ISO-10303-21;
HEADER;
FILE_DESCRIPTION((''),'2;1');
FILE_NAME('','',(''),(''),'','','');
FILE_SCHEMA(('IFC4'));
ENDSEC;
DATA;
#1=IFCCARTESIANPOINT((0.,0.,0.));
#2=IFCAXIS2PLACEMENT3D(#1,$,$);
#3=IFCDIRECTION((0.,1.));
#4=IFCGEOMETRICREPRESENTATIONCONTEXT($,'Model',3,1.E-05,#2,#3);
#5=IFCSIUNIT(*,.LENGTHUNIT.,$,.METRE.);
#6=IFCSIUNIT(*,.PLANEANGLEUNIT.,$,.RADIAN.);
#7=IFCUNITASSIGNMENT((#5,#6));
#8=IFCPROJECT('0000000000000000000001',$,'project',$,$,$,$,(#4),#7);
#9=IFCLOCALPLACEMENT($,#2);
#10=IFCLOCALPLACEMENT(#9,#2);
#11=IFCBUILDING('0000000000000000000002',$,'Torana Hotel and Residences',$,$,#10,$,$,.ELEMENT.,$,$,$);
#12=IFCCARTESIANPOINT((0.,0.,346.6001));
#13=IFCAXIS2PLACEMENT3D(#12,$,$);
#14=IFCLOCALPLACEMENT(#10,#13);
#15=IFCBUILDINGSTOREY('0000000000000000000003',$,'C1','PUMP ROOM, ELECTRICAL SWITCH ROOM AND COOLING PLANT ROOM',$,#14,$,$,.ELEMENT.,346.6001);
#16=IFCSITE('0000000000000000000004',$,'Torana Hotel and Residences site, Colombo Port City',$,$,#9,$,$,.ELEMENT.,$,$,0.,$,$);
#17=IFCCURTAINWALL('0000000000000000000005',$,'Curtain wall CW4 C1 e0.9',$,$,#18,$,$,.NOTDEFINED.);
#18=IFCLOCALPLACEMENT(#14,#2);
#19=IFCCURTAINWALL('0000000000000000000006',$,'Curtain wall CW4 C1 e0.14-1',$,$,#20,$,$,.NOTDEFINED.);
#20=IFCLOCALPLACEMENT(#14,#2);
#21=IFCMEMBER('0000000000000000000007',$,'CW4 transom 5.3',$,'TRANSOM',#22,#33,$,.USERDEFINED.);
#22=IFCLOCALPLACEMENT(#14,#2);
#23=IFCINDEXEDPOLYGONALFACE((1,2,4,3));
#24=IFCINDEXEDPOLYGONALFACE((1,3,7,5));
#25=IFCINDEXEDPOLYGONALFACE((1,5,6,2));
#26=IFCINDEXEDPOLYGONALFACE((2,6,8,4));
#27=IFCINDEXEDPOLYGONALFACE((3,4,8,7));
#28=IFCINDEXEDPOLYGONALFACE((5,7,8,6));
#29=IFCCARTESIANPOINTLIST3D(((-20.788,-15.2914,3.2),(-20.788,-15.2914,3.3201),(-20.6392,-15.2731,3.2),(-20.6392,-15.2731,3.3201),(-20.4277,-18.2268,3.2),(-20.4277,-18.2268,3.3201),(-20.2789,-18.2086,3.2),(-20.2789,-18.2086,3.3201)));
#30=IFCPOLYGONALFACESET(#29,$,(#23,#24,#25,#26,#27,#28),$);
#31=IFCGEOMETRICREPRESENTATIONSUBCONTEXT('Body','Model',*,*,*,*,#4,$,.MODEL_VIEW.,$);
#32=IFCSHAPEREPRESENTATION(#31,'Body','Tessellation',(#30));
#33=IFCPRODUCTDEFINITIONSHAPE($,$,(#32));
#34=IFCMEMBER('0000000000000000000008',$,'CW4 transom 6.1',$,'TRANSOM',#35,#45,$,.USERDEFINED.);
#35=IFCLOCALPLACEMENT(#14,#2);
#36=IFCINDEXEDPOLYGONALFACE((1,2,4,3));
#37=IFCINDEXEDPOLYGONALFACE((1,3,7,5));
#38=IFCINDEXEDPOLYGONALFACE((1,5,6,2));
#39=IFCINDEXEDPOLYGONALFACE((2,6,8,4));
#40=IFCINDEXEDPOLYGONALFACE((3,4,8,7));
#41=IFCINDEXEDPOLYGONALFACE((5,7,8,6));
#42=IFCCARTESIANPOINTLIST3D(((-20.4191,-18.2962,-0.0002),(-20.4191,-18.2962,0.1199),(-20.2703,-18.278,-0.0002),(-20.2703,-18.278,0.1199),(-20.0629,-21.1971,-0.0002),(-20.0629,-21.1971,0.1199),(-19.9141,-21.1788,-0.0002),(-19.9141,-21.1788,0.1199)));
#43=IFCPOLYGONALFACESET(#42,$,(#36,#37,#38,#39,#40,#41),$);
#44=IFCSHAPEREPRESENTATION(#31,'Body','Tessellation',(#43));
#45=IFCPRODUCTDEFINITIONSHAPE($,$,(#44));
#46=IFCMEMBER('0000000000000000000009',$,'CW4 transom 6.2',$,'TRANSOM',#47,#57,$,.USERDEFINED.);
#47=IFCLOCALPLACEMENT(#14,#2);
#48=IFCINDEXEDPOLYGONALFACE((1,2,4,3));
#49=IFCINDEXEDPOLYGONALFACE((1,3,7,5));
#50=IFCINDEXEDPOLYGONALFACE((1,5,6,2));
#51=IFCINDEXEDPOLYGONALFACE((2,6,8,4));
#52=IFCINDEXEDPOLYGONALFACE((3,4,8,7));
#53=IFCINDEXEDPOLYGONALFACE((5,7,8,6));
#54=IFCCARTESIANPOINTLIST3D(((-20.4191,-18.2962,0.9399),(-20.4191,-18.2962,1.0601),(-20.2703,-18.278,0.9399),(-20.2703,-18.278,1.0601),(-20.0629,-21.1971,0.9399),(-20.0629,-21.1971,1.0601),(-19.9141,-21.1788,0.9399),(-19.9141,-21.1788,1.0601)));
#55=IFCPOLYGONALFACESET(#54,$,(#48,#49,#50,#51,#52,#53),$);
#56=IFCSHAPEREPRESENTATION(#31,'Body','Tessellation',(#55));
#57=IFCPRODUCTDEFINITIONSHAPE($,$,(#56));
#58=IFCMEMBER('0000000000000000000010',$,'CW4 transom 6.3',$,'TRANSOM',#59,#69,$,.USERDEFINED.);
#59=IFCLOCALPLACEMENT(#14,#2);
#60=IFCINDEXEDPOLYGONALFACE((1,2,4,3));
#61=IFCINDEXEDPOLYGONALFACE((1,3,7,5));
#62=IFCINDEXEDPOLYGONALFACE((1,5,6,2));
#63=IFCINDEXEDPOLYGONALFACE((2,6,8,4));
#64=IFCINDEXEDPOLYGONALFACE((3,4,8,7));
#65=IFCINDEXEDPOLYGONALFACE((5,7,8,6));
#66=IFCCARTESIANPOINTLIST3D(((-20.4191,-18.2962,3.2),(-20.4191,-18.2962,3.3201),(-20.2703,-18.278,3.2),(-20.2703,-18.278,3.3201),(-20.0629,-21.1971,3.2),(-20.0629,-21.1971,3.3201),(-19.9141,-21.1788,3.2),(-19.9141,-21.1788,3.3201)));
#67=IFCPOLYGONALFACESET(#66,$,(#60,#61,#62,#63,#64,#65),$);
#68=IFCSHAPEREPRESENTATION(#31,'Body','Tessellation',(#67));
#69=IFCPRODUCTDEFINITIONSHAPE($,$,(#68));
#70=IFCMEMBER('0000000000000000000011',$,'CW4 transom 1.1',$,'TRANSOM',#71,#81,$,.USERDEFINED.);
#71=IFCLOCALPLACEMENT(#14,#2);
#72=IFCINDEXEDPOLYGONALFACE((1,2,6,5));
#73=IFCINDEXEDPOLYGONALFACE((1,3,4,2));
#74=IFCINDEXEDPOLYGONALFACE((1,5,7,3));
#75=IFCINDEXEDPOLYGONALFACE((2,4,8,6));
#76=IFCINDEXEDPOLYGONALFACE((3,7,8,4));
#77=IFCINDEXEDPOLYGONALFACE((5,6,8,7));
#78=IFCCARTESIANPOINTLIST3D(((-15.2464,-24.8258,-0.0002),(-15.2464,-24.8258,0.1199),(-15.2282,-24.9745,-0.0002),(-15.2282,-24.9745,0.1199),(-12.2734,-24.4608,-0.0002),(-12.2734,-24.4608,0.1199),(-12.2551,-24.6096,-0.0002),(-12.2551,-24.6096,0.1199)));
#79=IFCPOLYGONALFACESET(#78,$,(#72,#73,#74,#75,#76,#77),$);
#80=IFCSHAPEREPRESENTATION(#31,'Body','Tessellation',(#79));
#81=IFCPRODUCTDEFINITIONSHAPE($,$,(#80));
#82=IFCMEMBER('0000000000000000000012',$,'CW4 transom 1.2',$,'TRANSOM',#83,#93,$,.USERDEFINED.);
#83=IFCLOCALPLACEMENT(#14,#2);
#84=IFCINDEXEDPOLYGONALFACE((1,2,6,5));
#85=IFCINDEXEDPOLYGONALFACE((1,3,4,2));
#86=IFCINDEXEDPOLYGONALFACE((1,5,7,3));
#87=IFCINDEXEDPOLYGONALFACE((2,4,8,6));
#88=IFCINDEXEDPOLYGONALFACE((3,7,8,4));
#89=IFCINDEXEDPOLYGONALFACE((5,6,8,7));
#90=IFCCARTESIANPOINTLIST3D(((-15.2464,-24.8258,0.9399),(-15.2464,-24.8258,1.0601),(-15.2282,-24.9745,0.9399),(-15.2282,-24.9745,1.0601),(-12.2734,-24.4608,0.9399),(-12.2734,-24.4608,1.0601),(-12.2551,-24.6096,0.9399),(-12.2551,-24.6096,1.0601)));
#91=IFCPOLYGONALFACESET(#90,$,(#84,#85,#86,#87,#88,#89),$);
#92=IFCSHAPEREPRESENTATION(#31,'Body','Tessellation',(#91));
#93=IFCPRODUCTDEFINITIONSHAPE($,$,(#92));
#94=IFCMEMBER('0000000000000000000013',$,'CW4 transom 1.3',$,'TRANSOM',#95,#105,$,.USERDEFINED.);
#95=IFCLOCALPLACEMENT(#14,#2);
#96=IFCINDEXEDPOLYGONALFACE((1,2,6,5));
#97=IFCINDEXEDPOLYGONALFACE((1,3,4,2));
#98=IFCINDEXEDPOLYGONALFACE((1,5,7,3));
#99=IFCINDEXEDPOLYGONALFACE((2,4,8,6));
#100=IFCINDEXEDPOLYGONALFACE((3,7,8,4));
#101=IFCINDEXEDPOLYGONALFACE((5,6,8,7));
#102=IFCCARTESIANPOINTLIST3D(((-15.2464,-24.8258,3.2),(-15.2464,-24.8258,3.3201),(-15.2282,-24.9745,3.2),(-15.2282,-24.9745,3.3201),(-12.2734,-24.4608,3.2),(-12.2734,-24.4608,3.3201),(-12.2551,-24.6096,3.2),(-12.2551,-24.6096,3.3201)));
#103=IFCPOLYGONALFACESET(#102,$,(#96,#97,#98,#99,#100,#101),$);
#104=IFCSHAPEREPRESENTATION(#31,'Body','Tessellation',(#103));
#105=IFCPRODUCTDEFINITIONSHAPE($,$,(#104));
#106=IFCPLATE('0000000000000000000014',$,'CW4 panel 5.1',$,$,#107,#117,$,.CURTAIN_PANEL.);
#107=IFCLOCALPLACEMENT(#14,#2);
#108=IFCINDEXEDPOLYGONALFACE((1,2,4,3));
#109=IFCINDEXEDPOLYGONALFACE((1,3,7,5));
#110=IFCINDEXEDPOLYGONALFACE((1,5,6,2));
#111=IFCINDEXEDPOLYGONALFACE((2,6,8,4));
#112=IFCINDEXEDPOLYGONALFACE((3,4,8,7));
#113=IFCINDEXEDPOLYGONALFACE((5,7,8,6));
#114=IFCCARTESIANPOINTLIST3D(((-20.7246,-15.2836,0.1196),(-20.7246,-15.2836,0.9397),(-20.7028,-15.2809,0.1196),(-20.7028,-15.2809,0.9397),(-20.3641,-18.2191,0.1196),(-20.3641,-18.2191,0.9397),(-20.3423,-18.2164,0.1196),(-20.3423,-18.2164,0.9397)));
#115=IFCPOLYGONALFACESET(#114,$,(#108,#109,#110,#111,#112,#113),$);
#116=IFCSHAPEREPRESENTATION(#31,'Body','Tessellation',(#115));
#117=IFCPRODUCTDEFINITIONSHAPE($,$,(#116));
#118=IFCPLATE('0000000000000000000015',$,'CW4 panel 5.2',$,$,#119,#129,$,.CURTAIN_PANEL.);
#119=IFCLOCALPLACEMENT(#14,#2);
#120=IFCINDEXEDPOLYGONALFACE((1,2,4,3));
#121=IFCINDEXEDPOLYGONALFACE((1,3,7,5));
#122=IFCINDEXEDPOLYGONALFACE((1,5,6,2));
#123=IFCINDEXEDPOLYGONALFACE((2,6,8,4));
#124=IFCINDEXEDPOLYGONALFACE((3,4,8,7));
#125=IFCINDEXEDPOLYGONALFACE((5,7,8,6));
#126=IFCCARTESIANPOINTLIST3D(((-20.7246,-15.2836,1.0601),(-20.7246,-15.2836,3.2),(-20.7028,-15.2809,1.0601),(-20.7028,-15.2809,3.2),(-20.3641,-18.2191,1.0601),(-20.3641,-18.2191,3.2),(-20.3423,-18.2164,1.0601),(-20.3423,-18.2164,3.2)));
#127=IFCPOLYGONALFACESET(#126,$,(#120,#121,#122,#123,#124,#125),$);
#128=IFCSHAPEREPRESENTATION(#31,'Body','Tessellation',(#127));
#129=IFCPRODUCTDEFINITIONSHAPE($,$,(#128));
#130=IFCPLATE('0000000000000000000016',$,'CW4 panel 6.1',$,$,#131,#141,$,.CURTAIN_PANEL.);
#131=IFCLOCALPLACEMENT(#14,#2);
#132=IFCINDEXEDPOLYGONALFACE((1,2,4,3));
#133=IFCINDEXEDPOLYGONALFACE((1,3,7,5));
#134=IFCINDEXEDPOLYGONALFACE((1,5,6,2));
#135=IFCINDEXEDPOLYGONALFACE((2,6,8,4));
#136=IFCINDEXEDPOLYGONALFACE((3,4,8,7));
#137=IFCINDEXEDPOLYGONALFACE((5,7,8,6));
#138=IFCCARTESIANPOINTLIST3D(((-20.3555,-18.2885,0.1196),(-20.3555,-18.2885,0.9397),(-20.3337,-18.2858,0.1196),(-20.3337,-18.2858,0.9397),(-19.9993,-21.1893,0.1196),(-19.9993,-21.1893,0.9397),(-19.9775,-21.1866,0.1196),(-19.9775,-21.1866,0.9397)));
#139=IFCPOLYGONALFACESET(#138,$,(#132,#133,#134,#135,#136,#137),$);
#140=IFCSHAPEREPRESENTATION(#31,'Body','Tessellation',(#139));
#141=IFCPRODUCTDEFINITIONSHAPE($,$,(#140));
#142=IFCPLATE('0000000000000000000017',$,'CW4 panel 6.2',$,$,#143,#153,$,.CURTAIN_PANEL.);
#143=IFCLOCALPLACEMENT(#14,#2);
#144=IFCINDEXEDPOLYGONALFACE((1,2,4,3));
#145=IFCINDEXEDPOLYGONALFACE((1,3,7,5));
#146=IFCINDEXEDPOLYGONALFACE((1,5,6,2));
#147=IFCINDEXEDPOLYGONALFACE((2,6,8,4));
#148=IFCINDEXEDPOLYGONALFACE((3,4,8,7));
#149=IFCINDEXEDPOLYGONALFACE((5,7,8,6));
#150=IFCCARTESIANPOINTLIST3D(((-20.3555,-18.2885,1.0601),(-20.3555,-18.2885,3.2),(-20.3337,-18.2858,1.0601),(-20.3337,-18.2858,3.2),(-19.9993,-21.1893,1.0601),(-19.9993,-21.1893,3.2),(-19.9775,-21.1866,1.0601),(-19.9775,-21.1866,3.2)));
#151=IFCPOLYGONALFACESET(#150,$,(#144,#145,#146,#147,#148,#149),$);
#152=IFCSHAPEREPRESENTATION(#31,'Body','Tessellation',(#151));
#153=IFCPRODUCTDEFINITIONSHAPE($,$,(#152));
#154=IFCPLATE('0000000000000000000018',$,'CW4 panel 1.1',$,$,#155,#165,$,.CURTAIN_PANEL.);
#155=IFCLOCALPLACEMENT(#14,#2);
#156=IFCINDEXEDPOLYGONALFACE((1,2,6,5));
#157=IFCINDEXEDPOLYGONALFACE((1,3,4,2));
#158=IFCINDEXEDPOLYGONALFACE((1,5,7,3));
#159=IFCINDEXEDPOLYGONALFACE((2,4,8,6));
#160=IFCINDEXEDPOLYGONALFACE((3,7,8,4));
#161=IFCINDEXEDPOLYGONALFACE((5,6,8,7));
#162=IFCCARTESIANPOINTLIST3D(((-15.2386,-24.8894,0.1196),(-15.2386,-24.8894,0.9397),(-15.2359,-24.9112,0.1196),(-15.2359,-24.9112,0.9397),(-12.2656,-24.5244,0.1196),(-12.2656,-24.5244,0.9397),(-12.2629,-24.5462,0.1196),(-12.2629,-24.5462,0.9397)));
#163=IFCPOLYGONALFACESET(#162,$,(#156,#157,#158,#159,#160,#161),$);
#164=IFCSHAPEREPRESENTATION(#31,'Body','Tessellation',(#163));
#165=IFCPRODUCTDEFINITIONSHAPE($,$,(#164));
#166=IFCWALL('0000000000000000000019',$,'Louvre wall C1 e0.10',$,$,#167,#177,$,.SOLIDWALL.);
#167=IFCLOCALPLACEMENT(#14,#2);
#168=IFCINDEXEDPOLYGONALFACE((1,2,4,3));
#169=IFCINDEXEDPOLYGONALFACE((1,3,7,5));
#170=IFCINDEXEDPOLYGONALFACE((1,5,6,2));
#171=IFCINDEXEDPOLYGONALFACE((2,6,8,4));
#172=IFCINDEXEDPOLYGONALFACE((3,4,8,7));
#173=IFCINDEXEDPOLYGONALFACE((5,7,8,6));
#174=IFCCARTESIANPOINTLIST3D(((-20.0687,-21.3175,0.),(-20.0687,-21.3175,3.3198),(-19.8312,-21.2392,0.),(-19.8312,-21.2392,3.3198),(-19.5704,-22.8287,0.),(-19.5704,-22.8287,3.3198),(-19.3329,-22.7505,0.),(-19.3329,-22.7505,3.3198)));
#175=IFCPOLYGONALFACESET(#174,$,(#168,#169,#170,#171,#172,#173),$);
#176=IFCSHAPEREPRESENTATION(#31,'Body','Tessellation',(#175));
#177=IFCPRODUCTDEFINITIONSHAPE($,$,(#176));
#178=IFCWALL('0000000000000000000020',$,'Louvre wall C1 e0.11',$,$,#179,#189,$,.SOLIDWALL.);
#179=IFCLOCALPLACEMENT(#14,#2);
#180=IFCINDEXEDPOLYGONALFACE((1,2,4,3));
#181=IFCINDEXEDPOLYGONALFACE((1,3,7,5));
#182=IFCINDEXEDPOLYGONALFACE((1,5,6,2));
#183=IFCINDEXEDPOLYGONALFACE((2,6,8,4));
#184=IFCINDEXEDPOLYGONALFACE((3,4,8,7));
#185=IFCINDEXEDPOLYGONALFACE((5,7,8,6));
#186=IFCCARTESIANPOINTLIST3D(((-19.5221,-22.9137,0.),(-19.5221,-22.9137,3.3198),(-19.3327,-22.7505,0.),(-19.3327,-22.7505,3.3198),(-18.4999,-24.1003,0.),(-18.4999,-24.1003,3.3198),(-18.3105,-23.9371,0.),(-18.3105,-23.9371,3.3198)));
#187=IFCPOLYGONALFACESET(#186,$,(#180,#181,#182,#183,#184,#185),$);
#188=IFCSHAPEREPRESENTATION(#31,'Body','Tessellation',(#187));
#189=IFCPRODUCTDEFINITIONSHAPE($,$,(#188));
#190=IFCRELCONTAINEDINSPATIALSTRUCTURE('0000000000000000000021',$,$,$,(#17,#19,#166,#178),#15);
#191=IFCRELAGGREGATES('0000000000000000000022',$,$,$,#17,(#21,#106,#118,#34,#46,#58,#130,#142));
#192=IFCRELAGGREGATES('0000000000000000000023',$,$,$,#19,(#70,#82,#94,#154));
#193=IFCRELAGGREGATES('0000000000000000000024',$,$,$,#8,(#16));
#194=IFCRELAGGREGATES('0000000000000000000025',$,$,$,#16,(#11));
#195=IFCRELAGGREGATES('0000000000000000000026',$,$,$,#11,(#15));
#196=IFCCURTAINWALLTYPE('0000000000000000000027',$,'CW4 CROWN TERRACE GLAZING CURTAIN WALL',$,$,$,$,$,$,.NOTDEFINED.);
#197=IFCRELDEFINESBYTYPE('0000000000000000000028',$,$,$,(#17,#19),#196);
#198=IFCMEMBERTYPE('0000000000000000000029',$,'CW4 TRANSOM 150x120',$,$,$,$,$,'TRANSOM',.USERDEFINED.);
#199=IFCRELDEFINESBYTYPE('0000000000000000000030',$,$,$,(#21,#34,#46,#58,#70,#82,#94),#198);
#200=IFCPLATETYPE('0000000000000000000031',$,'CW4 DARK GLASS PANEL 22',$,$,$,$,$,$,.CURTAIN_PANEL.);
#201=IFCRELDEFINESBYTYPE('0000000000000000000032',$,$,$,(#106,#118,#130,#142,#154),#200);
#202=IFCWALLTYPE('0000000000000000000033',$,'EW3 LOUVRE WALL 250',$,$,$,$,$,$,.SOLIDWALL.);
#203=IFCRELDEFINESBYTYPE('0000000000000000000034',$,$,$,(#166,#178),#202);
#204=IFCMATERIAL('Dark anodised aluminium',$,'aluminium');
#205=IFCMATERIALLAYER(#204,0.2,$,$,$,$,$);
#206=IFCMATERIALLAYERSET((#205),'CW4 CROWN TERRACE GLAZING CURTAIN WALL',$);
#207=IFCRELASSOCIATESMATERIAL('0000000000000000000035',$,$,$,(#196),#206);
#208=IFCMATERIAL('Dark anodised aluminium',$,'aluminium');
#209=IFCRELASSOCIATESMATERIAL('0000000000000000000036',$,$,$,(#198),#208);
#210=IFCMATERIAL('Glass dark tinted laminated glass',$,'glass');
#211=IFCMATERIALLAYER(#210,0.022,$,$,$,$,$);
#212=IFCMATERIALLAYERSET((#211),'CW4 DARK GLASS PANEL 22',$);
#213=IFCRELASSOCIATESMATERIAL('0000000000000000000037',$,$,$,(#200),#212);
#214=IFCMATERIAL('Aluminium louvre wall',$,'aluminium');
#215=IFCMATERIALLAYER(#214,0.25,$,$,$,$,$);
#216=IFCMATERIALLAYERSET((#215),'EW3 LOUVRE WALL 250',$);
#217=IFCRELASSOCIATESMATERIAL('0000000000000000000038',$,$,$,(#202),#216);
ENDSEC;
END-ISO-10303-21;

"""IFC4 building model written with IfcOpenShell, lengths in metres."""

from ifc_helpers import new_model, si_unit, direction, frame, frame_2d, origin, origin_2d, place, context, subcontext, project, spatial, rectangle, extrude, material, layer, layer_set, material_profile, profile_set, type_object, element, aggregate, save


model = new_model("IFC4")

# Units and contexts
model_context = context("Model", 3, precision=1e-05, world=origin(), true_north=direction((0.0, 1.0)))
body_context = subcontext(model_context, "Body", "Model", "MODEL_VIEW")
ifc_project = project(units=[si_unit("LENGTHUNIT", "METRE"), si_unit("PLANEANGLEUNIT", "RADIAN")], contexts=[model_context])

# Site, building, storey
site_placement = place(None, origin())
site = spatial("IfcSite", under=ifc_project, at=site_placement, Name="Torana Hotel and Residences site, Colombo Port City", CompositionType="ELEMENT", RefElevation=0.0)
building_placement = place(site_placement, origin())
building = spatial("IfcBuilding", under=site, at=building_placement, Name="Torana Hotel and Residences", CompositionType="ELEMENT")
storey_placement = place(building_placement, frame((0.0, 0.0, 346.6001)))
storey = spatial("IfcBuildingStorey", under=building, at=storey_placement, Name="C1", Description="PUMP ROOM, ELECTRICAL SWITCH ROOM AND COOLING PLANT ROOM", CompositionType="ELEMENT", Elevation=346.6001)

# Curtain wall
ifc_material_1 = material(Name="Dark anodised aluminium", Category="aluminium")
ifc_layer_1 = layer(ifc_material_1, 0.2)
ifc_layer_set_1 = layer_set([ifc_layer_1], Name="CW4 CROWN TERRACE GLAZING CURTAIN WALL")
curtain_wall_type = type_object("IfcCurtainWallType", Name="CW4 CROWN TERRACE GLAZING CURTAIN WALL", PredefinedType="NOTDEFINED", material=ifc_layer_set_1)
curtain_wall_1_placement = place(storey_placement, origin())
curtain_wall_1 = element("IfcCurtainWall", 1, at=curtain_wall_1_placement, inside=storey, type_object=curtain_wall_type, Name="Curtain wall CW4 C1 e0.9", PredefinedType="NOTDEFINED")

# Curtain wall
curtain_wall_2_placement = place(storey_placement, origin())
curtain_wall_2 = element("IfcCurtainWall", 2, at=curtain_wall_2_placement, inside=storey, type_object=curtain_wall_type, Name="Curtain wall CW4 C1 e0.14-1", PredefinedType="NOTDEFINED")

# Members
ifc_material_2 = material(Name="Dark anodised aluminium", Category="aluminium")
ifc_material_profile_1 = material_profile(ifc_material_2, rectangle(XDim=0.1499, YDim=0.1201, at=origin_2d()), Name="CW4 TRANSOM 150x120")
ifc_profile_set_1 = profile_set([ifc_material_profile_1], Name="Dark anodised aluminium")
member_type_1 = type_object("IfcMemberType", Name="CW4 TRANSOM 150x120", ElementType="TRANSOM", PredefinedType="USERDEFINED", material=ifc_profile_set_1)
member_1_placement = place(storey_placement, frame((-20.7136, -15.2822, 3.26), z_axis=(0.12184, -0.99255, 0.0), x_axis=(0.99255, 0.12184, 0.0)))
member_1 = element("IfcMember", 3, at=member_1_placement, type_object=member_type_1, Name="CW4 transom 5.3", ObjectType="TRANSOM", PredefinedType="USERDEFINED", context=body_context, shape_type="SweptSolid", body=[
    extrude(rectangle(XDim=0.1499, YDim=0.1201, at=origin_2d()), origin(), (0.0, 0.0, 1.0), 2.9575),
])
member_2_placement = place(storey_placement, frame((-20.3447, -18.2871, 0.0598), z_axis=(0.121875, -0.992545, 0.0), x_axis=(0.992545, 0.121875, 0.0)))
member_2 = element("IfcMember", 4, at=member_2_placement, type_object=member_type_1, Name="CW4 transom 6.1", ObjectType="TRANSOM", PredefinedType="USERDEFINED", context=body_context, shape_type="SweptSolid", body=[
    extrude(rectangle(XDim=0.1499, YDim=0.1201, at=origin_2d()), origin(), (0.0, 0.0, 1.0), 2.9226),
])
member_3_placement = place(storey_placement, frame((-20.3447, -18.2871, 1.0), z_axis=(0.121875, -0.992545, 0.0), x_axis=(0.992545, 0.121875, 0.0)))
member_3 = element("IfcMember", 5, at=member_3_placement, type_object=member_type_1, Name="CW4 transom 6.2", ObjectType="TRANSOM", PredefinedType="USERDEFINED", context=body_context, shape_type="SweptSolid", body=[
    extrude(rectangle(XDim=0.1499, YDim=0.1201, at=origin_2d()), origin(), (0.0, 0.0, 1.0), 2.9226),
])
member_4_placement = place(storey_placement, frame((-20.3447, -18.2871, 3.26), z_axis=(0.121875, -0.992545, 0.0), x_axis=(0.992545, 0.121875, 0.0)))
member_4 = element("IfcMember", 6, at=member_4_placement, type_object=member_type_1, Name="CW4 transom 6.3", ObjectType="TRANSOM", PredefinedType="USERDEFINED", context=body_context, shape_type="SweptSolid", body=[
    extrude(rectangle(XDim=0.1499, YDim=0.1201, at=origin_2d()), origin(), (0.0, 0.0, 1.0), 2.9226),
])
member_5_placement = place(storey_placement, frame((-15.2373, -24.9001, 0.0598), z_axis=(0.992549, 0.121848, 0.0), x_axis=(-0.121848, 0.992549, 0.0)))
member_5 = element("IfcMember", 7, at=member_5_placement, type_object=member_type_1, Name="CW4 transom 1.1", ObjectType="TRANSOM", PredefinedType="USERDEFINED", context=body_context, shape_type="SweptSolid", body=[
    extrude(rectangle(XDim=0.1499, YDim=0.1201, at=origin_2d()), origin(), (0.0, 0.0, 1.0), 2.9954),
])
member_6_placement = place(storey_placement, frame((-15.2373, -24.9001, 1.0), z_axis=(0.992549, 0.121848, 0.0), x_axis=(-0.121848, 0.992549, 0.0)))
member_6 = element("IfcMember", 8, at=member_6_placement, type_object=member_type_1, Name="CW4 transom 1.2", ObjectType="TRANSOM", PredefinedType="USERDEFINED", context=body_context, shape_type="SweptSolid", body=[
    extrude(rectangle(XDim=0.1499, YDim=0.1201, at=origin_2d()), origin(), (0.0, 0.0, 1.0), 2.9954),
])
member_7_placement = place(storey_placement, frame((-15.2373, -24.9001, 3.26), z_axis=(0.992549, 0.121848, 0.0), x_axis=(-0.121848, 0.992549, 0.0)))
member_7 = element("IfcMember", 9, at=member_7_placement, type_object=member_type_1, Name="CW4 transom 1.3", ObjectType="TRANSOM", PredefinedType="USERDEFINED", context=body_context, shape_type="SweptSolid", body=[
    extrude(rectangle(XDim=0.1499, YDim=0.1201, at=origin_2d()), origin(), (0.0, 0.0, 1.0), 2.9954),
])

# Plates
ifc_material_3 = material(Name="Glass dark tinted laminated glass", Category="glass")
ifc_layer_2 = layer(ifc_material_3, 0.022)
ifc_layer_set_2 = layer_set([ifc_layer_2], Name="CW4 DARK GLASS PANEL 22")
plate_type = type_object("IfcPlateType", Name="CW4 DARK GLASS PANEL 22", PredefinedType="CURTAIN_PANEL", material=ifc_layer_set_2)
plate_1_placement = place(storey_placement, frame((-20.5334, -16.75, 0.1196), z_axis=(0.0, 0.0, 1.0), x_axis=(0.121868, -0.992546, 0.0)))
plate_1 = element("IfcPlate", 10, at=plate_1_placement, type_object=plate_type, Name="CW4 panel 5.1", PredefinedType="CURTAIN_PANEL", context=body_context, shape_type="SweptSolid", body=[
    extrude(rectangle(XDim=2.9575, YDim=0.022, at=origin_2d()), origin(), (0.0, 0.0, 1.0), 0.8201),
])
plate_2_placement = place(storey_placement, frame((-20.5334, -16.75, 1.0601), z_axis=(0.0, 0.0, 1.0), x_axis=(0.121868, -0.992546, 0.0)))
plate_2 = element("IfcPlate", 11, at=plate_2_placement, type_object=plate_type, Name="CW4 panel 5.2", PredefinedType="CURTAIN_PANEL", context=body_context, shape_type="SweptSolid", body=[
    extrude(rectangle(XDim=2.9575, YDim=0.022, at=origin_2d()), origin(), (0.0, 0.0, 1.0), 2.1399),
])
plate_3_placement = place(storey_placement, frame((-20.1665, -19.7375, 0.1196), z_axis=(0.0, 0.0, 1.0), x_axis=(0.121868, -0.992546, 0.0)))
plate_3 = element("IfcPlate", 12, at=plate_3_placement, type_object=plate_type, Name="CW4 panel 6.1", PredefinedType="CURTAIN_PANEL", context=body_context, shape_type="SweptSolid", body=[
    extrude(rectangle(XDim=2.9226, YDim=0.022, at=origin_2d()), origin(), (0.0, 0.0, 1.0), 0.8201),
])
plate_4_placement = place(storey_placement, frame((-20.1665, -19.7375, 1.0601), z_axis=(0.0, 0.0, 1.0), x_axis=(0.121868, -0.992546, 0.0)))
plate_4 = element("IfcPlate", 13, at=plate_4_placement, type_object=plate_type, Name="CW4 panel 6.2", PredefinedType="CURTAIN_PANEL", context=body_context, shape_type="SweptSolid", body=[
    extrude(rectangle(XDim=2.9226, YDim=0.022, at=origin_2d()), origin(), (0.0, 0.0, 1.0), 2.1399),
])
aggregate(curtain_wall_1, [member_1, plate_1, plate_2, member_2, member_3, member_4, plate_3, plate_4])
plate_5_placement = place(storey_placement, frame((-13.7507, -24.7178, 0.1196), z_axis=(0.0, 0.0, 1.0), x_axis=(0.992548, 0.121858, 0.0)))
plate_5 = element("IfcPlate", 14, at=plate_5_placement, type_object=plate_type, Name="CW4 panel 1.1", PredefinedType="CURTAIN_PANEL", context=body_context, shape_type="SweptSolid", body=[
    extrude(rectangle(XDim=2.9954, YDim=0.022, at=origin_2d()), origin(), (0.0, 0.0, 1.0), 0.8201),
])
aggregate(curtain_wall_2, [member_5, member_6, member_7, plate_5])

# Walls
ifc_material_4 = material(Name="Aluminium louvre wall", Category="aluminium")
ifc_layer_3 = layer(ifc_material_4, 0.25)
ifc_layer_set_3 = layer_set([ifc_layer_3], Name="EW3 LOUVRE WALL 250")
wall_type_1 = type_object("IfcWallType", Name="EW3 LOUVRE WALL 250", PredefinedType="SOLIDWALL", material=ifc_layer_set_3)
wall_1_placement = place(storey_placement, frame((-19.95, -21.2783, 0.0), z_axis=(0.0, 0.0, 1.0), x_axis=(0.313142, -0.949706, 0.0)))
element("IfcWall", 15, at=wall_1_placement, inside=storey, type_object=wall_type_1, Name="Louvre wall C1 e0.10", PredefinedType="SOLIDWALL", context=body_context, shape_type="SweptSolid", body=[
    extrude(rectangle(XDim=1.5913, YDim=0.25, at=frame_2d((0.7957, 0.0))), origin(), (0.0, 0.0, 1.0), 3.3198),
])
wall_2_placement = place(storey_placement, frame((-19.4275, -22.832, 0.0), z_axis=(0.0, 0.0, 1.0), x_axis=(0.652702, -0.757615, 0.0)))
element("IfcWall", 16, at=wall_2_placement, inside=storey, type_object=wall_type_1, Name="Louvre wall C1 e0.11", PredefinedType="SOLIDWALL", context=body_context, shape_type="SweptSolid", body=[
    extrude(rectangle(XDim=1.5662, YDim=0.25, at=frame_2d((0.7832, 0.0))), origin(), (0.0, 0.0, 1.0), 3.3198),
])

save(model, "model.ifc")
